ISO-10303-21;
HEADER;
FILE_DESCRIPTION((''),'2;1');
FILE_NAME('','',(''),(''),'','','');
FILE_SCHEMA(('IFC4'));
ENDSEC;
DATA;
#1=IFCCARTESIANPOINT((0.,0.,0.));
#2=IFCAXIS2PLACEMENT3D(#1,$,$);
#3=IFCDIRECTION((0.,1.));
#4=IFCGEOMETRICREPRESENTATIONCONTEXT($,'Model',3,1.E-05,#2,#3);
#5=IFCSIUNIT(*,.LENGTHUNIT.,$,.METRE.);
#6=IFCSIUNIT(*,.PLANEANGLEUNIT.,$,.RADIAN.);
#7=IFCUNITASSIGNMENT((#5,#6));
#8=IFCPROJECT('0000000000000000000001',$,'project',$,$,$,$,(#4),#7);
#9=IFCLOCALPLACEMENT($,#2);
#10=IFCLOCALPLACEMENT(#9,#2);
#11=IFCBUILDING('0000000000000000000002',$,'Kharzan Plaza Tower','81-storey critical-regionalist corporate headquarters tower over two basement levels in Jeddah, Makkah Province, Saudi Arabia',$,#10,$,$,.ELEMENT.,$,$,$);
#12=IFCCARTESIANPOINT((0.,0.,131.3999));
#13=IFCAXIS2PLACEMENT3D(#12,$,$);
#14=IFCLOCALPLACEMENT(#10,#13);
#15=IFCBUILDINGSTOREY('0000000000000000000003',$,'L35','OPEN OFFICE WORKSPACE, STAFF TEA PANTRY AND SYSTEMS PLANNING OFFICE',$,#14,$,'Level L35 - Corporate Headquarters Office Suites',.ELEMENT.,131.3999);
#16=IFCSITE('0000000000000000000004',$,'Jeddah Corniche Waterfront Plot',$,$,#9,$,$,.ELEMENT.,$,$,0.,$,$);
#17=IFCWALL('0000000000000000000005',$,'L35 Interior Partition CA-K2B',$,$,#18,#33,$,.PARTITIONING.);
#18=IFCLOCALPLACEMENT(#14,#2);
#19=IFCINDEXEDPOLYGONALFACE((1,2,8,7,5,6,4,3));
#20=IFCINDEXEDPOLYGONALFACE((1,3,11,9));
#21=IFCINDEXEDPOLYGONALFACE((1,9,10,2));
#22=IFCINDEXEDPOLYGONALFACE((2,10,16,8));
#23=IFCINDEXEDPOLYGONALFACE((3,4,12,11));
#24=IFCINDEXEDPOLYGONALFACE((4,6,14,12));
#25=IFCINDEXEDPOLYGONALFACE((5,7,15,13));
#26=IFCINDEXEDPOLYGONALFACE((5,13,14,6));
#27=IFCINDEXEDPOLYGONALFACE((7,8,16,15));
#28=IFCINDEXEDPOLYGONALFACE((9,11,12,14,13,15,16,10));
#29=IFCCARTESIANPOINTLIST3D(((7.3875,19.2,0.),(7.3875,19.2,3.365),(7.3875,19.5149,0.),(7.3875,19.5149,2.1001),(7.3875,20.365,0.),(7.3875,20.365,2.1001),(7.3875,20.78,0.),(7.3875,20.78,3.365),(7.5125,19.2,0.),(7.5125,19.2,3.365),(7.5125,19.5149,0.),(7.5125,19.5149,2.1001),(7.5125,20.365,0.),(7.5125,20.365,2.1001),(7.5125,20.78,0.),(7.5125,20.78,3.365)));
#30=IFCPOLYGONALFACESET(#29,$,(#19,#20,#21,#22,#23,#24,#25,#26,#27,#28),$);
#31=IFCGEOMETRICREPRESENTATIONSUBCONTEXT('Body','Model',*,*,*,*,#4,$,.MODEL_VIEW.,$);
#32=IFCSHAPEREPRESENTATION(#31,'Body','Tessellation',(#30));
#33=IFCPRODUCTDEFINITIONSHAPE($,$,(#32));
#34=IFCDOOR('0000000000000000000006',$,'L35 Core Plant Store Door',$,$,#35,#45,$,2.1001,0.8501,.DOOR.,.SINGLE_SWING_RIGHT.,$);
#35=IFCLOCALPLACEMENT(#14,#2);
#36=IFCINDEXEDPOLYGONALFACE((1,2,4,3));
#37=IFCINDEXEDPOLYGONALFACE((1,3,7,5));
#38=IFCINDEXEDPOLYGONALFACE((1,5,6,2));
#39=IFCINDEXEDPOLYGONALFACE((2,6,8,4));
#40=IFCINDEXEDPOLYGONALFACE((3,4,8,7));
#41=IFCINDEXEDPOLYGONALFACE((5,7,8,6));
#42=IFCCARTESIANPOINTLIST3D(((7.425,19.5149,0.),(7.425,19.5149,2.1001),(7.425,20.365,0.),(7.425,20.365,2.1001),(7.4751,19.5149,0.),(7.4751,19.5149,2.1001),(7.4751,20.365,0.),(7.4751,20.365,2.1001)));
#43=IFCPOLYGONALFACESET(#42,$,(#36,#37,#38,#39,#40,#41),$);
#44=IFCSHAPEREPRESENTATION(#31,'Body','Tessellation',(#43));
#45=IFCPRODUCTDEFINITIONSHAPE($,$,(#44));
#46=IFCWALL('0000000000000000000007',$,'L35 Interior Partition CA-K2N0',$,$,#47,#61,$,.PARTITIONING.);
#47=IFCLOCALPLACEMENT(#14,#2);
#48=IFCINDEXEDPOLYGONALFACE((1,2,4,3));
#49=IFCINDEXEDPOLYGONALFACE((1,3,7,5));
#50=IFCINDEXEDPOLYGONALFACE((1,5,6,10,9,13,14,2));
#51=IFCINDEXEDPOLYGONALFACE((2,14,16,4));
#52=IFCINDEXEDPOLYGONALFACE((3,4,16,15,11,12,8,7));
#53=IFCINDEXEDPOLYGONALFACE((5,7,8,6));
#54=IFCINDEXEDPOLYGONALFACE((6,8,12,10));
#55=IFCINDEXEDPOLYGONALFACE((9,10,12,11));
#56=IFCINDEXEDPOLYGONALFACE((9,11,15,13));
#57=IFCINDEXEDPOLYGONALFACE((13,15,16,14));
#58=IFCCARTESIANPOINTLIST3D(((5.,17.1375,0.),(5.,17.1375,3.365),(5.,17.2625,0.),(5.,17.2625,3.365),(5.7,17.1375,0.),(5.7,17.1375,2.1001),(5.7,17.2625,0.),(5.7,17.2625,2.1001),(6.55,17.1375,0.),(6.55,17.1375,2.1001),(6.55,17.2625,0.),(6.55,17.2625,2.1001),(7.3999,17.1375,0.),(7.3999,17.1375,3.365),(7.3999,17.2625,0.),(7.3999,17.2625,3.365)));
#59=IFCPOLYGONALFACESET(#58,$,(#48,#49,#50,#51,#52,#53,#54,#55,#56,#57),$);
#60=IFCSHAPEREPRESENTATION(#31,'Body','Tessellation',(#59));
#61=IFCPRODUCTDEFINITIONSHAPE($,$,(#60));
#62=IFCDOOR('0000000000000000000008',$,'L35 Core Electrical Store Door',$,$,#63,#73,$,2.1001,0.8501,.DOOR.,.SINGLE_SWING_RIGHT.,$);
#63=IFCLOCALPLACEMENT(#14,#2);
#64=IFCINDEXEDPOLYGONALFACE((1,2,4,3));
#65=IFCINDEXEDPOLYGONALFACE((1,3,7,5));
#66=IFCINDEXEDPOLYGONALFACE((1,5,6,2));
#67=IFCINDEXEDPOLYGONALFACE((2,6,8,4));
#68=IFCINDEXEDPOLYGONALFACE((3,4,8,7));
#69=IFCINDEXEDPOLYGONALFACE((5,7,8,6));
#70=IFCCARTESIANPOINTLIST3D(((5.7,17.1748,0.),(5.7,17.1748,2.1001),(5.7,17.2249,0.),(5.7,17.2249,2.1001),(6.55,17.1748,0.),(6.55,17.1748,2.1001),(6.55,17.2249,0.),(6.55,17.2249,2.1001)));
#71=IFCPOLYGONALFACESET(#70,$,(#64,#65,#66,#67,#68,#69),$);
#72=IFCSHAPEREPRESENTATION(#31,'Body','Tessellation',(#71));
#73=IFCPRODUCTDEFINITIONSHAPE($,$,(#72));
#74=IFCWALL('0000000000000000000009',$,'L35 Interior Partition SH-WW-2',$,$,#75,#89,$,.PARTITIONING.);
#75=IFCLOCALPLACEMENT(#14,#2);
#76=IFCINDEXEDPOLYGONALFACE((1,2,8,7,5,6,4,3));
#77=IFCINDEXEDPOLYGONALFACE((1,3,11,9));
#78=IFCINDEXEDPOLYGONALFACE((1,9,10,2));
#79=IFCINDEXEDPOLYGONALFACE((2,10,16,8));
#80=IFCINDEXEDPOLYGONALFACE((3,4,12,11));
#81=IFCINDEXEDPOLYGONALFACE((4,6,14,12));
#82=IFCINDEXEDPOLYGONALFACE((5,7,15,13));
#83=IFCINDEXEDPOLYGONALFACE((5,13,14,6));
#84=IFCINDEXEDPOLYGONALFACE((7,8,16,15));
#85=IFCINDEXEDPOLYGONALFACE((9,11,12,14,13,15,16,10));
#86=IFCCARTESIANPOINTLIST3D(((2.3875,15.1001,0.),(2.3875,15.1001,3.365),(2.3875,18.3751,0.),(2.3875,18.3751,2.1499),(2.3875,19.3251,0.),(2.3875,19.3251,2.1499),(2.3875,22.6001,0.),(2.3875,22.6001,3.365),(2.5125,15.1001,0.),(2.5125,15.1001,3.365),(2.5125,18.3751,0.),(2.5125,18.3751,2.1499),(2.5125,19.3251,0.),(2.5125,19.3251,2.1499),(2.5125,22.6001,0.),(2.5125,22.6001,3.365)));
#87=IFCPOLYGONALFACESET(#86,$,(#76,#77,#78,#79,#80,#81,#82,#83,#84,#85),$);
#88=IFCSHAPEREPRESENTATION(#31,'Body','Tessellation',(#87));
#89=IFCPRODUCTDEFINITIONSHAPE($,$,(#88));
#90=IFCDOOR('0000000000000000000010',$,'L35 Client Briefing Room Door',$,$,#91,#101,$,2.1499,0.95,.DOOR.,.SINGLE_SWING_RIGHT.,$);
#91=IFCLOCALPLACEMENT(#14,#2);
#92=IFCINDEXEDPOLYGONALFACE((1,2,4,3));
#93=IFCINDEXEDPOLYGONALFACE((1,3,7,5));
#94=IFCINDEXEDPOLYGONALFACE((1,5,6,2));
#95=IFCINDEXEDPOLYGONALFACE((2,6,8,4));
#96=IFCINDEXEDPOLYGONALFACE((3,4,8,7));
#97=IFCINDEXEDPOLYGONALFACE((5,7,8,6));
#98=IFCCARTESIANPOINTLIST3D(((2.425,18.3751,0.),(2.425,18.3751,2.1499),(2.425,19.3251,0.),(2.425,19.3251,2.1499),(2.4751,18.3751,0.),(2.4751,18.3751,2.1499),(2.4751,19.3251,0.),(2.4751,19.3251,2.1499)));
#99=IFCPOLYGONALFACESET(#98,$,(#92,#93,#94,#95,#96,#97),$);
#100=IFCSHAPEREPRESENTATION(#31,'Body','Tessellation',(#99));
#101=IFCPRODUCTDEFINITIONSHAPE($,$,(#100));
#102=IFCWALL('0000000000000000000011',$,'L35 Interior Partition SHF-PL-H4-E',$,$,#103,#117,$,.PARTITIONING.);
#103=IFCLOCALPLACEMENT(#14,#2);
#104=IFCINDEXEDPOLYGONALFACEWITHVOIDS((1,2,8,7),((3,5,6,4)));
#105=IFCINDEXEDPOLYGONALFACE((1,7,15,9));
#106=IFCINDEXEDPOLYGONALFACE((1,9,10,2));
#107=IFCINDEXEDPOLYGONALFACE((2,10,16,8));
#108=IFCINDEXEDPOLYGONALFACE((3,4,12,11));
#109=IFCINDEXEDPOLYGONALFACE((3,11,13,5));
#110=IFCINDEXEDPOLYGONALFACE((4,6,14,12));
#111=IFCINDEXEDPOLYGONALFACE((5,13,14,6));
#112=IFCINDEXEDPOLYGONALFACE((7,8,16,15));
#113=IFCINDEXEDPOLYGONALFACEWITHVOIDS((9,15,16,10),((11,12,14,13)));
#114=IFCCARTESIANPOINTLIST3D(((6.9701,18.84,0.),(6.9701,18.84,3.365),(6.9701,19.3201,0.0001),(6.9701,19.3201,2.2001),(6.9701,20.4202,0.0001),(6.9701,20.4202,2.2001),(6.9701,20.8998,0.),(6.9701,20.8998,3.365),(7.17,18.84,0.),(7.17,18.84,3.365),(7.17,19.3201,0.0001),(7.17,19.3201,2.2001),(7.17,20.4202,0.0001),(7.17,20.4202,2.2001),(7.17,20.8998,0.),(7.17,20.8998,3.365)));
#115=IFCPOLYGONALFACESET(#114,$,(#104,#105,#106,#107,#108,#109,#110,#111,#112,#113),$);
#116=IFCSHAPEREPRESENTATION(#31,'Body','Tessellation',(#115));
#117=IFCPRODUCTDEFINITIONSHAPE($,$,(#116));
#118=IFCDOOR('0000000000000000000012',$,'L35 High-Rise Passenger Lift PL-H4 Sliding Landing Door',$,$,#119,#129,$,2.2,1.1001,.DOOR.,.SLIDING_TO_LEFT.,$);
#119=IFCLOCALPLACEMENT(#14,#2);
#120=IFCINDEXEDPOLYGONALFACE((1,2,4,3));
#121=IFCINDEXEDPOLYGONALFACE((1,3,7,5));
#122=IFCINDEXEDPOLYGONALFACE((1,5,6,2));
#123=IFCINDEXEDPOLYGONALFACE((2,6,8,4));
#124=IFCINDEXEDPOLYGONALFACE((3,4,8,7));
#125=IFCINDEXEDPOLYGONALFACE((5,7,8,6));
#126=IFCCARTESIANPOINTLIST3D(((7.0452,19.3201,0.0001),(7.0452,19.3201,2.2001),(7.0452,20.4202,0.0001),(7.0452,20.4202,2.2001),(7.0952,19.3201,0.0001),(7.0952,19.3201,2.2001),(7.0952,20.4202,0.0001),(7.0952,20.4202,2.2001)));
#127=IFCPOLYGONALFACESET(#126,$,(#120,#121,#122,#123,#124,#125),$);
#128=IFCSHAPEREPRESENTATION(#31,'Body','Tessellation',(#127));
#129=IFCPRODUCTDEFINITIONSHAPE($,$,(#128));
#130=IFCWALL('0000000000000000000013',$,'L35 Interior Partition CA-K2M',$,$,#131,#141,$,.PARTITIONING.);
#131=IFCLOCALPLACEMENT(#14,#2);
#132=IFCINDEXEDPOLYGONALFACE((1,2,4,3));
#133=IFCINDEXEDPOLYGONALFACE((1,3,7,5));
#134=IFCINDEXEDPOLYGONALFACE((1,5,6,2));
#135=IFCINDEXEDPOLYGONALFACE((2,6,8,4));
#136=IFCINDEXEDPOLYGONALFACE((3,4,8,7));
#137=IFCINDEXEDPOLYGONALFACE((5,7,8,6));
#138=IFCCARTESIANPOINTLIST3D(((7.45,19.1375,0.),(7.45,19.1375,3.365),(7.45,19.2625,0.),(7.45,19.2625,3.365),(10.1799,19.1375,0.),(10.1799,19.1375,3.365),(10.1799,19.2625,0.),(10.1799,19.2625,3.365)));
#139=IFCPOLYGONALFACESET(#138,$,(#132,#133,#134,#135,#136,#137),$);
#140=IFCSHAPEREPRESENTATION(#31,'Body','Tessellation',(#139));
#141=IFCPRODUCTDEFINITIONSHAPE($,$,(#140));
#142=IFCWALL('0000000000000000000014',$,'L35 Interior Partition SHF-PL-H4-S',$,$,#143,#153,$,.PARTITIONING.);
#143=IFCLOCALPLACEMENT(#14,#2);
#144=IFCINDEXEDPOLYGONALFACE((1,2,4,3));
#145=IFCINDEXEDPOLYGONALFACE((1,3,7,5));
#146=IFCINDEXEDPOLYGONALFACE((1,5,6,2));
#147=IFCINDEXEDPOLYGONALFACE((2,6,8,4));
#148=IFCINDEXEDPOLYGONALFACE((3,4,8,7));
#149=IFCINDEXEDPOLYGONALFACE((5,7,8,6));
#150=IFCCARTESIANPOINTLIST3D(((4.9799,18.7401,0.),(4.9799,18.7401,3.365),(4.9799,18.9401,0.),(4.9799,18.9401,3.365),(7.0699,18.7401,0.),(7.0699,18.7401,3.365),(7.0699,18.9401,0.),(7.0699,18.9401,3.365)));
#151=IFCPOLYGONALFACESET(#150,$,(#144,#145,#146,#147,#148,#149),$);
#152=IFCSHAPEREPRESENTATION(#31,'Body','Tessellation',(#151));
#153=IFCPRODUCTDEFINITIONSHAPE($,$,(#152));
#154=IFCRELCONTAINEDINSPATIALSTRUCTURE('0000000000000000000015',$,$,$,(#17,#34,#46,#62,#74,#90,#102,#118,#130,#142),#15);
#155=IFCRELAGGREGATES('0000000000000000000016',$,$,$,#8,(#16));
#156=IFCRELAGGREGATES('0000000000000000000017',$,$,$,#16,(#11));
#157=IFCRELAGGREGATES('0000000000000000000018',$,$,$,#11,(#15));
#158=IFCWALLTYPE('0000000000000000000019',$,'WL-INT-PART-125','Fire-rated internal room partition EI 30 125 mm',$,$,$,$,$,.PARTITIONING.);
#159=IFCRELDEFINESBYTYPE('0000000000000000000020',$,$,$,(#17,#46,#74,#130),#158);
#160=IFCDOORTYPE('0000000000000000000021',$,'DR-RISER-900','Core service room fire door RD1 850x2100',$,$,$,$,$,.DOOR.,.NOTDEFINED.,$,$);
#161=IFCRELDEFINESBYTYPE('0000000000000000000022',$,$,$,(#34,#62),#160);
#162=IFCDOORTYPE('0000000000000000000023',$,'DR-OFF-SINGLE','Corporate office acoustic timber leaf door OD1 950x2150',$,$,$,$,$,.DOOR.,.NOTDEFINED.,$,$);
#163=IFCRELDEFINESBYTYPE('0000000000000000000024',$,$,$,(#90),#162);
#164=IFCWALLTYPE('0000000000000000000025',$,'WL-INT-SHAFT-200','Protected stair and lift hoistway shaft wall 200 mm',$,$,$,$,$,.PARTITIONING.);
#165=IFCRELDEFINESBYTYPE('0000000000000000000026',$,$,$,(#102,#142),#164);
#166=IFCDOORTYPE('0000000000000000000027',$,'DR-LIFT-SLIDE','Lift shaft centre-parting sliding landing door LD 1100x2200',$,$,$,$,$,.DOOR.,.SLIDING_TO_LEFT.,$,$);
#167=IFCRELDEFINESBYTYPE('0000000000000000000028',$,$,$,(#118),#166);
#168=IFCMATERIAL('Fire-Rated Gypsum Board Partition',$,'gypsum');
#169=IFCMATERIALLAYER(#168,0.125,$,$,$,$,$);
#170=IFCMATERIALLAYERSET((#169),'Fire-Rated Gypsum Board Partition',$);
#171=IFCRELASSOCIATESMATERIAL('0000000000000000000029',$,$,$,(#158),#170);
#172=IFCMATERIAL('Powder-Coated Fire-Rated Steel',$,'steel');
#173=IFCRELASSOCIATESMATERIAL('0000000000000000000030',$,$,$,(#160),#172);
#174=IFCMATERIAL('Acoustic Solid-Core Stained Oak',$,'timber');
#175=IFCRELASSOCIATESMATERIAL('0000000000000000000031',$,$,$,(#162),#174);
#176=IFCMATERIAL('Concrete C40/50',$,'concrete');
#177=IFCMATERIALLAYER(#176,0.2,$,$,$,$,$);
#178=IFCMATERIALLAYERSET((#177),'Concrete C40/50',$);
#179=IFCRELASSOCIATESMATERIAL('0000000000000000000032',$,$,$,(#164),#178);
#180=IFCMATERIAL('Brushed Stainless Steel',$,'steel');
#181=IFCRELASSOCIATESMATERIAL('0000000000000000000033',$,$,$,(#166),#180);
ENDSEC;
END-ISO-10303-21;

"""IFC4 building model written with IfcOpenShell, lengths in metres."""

from ifc_helpers import new_model, si_unit, direction, frame, frame_2d, origin, place, context, subcontext, project, spatial, rectangle, extrude, source, transform, mapped, material, layer, layer_set, type_object, element, fill, save


model = new_model("IFC4")

# Units and contexts
model_context = context("Model", 3, precision=1e-05, world=origin(), true_north=direction((0.0, 1.0)))
body_context = subcontext(model_context, "Body", "Model", "MODEL_VIEW")
ifc_project = project(units=[si_unit("LENGTHUNIT", "METRE"), si_unit("PLANEANGLEUNIT", "RADIAN")], contexts=[model_context])

# Site, building, storey
site_placement = place(None, origin())
site = spatial("IfcSite", under=ifc_project, at=site_placement, Name="Jeddah Corniche Waterfront Plot", CompositionType="ELEMENT", RefElevation=0.0)
building_placement = place(site_placement, origin())
building = spatial("IfcBuilding", under=site, at=building_placement, Name="Kharzan Plaza Tower", Description="81-storey critical-regionalist corporate headquarters tower over two basement levels in Jeddah, Makkah Province, Saudi Arabia", CompositionType="ELEMENT")
storey_placement = place(building_placement, frame((0.0, 0.0, 131.3999)))
storey = spatial("IfcBuildingStorey", under=building, at=storey_placement, Name="L35", Description="OPEN OFFICE WORKSPACE, STAFF TEA PANTRY AND SYSTEMS PLANNING OFFICE", LongName="Level L35 - Corporate Headquarters Office Suites", CompositionType="ELEMENT", Elevation=131.3999)

# Shared definitions
ifc_material_1 = material(Name="Concrete C40/50", Category="concrete")

# Walls, openings, doors
ifc_material_2 = material(Name="Fire-Rated Gypsum Board Partition", Category="gypsum")
ifc_layer_1 = layer(ifc_material_2, 0.125)
ifc_layer_set_1 = layer_set([ifc_layer_1], Name="Fire-Rated Gypsum Board Partition")
wall_type_1 = type_object("IfcWallType", Name="WL-INT-PART-125", Description="Fire-rated internal room partition EI 30 125 mm", PredefinedType="PARTITIONING", material=ifc_layer_set_1)
wall_1_placement = place(storey_placement, frame((7.45, 19.2, 0.0), z_axis=(0.0, 0.0, 1.0), x_axis=(0.0, 1.0, 0.0)))
wall_1 = element("IfcWall", 1, at=wall_1_placement, inside=storey, type_object=wall_type_1, Name="L35 Interior Partition CA-K2B", PredefinedType="PARTITIONING", context=body_context, shape_type="SweptSolid", body=[
    extrude(rectangle(XDim=1.5801, YDim=0.125, at=frame_2d((0.79, 0.0))), origin(), (0.0, 0.0, 1.0), 3.365),
])
opening_1_placement = place(wall_1_placement, frame((0.3149, 0.0, 0.0)))
opening_1 = element("IfcOpeningElement", 2, at=opening_1_placement, cuts=wall_1, PredefinedType="OPENING", context=body_context, shape_type="SweptSolid", body=[
    extrude(rectangle(XDim=0.8501, YDim=2.1001, at=frame_2d((0.425, 1.05))), frame((0.0, 0.0725, 0.0), z_axis=(0.0, -1.0, 0.0), x_axis=(1.0, 0.0, 0.0)), (0.0, 0.0, 1.0), 0.145),
])
ifc_material_3 = material(Name="Powder-Coated Fire-Rated Steel", Category="steel")
door_type_1 = type_object("IfcDoorType", Name="DR-RISER-900", Description="Core service room fire door RD1 850x2100", OperationType="NOTDEFINED", PredefinedType="DOOR", material=ifc_material_3)
shared_shape_1 = source(origin(), body_context, "Body", "SweptSolid", [
    extrude(rectangle(XDim=0.8501, YDim=2.1001, at=frame_2d((0.425, 1.05))), frame((0.0, 0.0249, 0.0), z_axis=(0.0, -1.0, 0.0), x_axis=(1.0, 0.0, 0.0)), (0.0, 0.0, 1.0), 0.05),
])
door_1_placement = place(opening_1_placement, origin())
door_1 = element("IfcDoor", 3, at=door_1_placement, inside=storey, type_object=door_type_1, Name="L35 Core Plant Store Door", OperationType="SINGLE_SWING_RIGHT", OverallHeight=2.1001, OverallWidth=0.8501, PredefinedType="DOOR", context=body_context, shape_type="MappedRepresentation", body=[
    mapped(shared_shape_1, transform((0.0, 0.0, 0.0), x_axis=(1.0, 0.0, 0.0), y_axis=(0.0, 1.0, 0.0), z_axis=(0.0, 0.0, 1.0))),
])
fill(opening_1, door_1)
wall_2_placement = place(storey_placement, frame((5.0, 17.2, 0.0), z_axis=(0.0, 0.0, 1.0), x_axis=(1.0, 0.0, 0.0)))
wall_2 = element("IfcWall", 4, at=wall_2_placement, inside=storey, type_object=wall_type_1, Name="L35 Interior Partition CA-K2N0", PredefinedType="PARTITIONING", context=body_context, shape_type="SweptSolid", body=[
    extrude(rectangle(XDim=2.3999, YDim=0.125, at=frame_2d((1.2, 0.0))), origin(), (0.0, 0.0, 1.0), 3.365),
])
opening_2_placement = place(wall_2_placement, frame((0.7, 0.0, 0.0)))
opening_2 = element("IfcOpeningElement", 5, at=opening_2_placement, cuts=wall_2, PredefinedType="OPENING", context=body_context, shape_type="SweptSolid", body=[
    extrude(rectangle(XDim=0.8501, YDim=2.1001, at=frame_2d((0.425, 1.05))), frame((0.0, 0.0725, 0.0), z_axis=(0.0, -1.0, 0.0), x_axis=(1.0, 0.0, 0.0)), (0.0, 0.0, 1.0), 0.145),
])
door_2_placement = place(opening_2_placement, origin())
door_2 = element("IfcDoor", 6, at=door_2_placement, inside=storey, type_object=door_type_1, Name="L35 Core Electrical Store Door", OperationType="SINGLE_SWING_RIGHT", OverallHeight=2.1001, OverallWidth=0.8501, PredefinedType="DOOR", context=body_context, shape_type="MappedRepresentation", body=[
    mapped(shared_shape_1, transform((0.0, 0.0, 0.0), x_axis=(1.0, 0.0, 0.0), y_axis=(0.0, 1.0, 0.0), z_axis=(0.0, 0.0, 1.0))),
])
fill(opening_2, door_2)
wall_3_placement = place(storey_placement, frame((2.45, 15.1001, 0.0), z_axis=(0.0, 0.0, 1.0), x_axis=(0.0, 1.0, 0.0)))
wall_3 = element("IfcWall", 7, at=wall_3_placement, inside=storey, type_object=wall_type_1, Name="L35 Interior Partition SH-WW-2", PredefinedType="PARTITIONING", context=body_context, shape_type="SweptSolid", body=[
    extrude(rectangle(XDim=7.5, YDim=0.125, at=frame_2d((3.75, 0.0))), origin(), (0.0, 0.0, 1.0), 3.365),
])
opening_3_placement = place(wall_3_placement, frame((3.2749, 0.0, 0.0)))
opening_3 = element("IfcOpeningElement", 8, at=opening_3_placement, cuts=wall_3, PredefinedType="OPENING", context=body_context, shape_type="SweptSolid", body=[
    extrude(rectangle(XDim=0.95, YDim=2.1499, at=frame_2d((0.4751, 1.075))), frame((0.0, 0.0725, 0.0), z_axis=(0.0, -1.0, 0.0), x_axis=(1.0, 0.0, 0.0)), (0.0, 0.0, 1.0), 0.145),
])
ifc_material_4 = material(Name="Acoustic Solid-Core Stained Oak", Category="timber")
door_type_2 = type_object("IfcDoorType", Name="DR-OFF-SINGLE", Description="Corporate office acoustic timber leaf door OD1 950x2150", OperationType="NOTDEFINED", PredefinedType="DOOR", material=ifc_material_4)
shared_shape_2 = source(origin(), body_context, "Body", "SweptSolid", [
    extrude(rectangle(XDim=0.95, YDim=2.1499, at=frame_2d((0.4751, 1.075))), frame((0.0, 0.0249, 0.0), z_axis=(0.0, -1.0, 0.0), x_axis=(1.0, 0.0, 0.0)), (0.0, 0.0, 1.0), 0.05),
])
door_3_placement = place(opening_3_placement, origin())
door_3 = element("IfcDoor", 9, at=door_3_placement, inside=storey, type_object=door_type_2, Name="L35 Client Briefing Room Door", OperationType="SINGLE_SWING_RIGHT", OverallHeight=2.1499, OverallWidth=0.95, PredefinedType="DOOR", context=body_context, shape_type="MappedRepresentation", body=[
    mapped(shared_shape_2, transform((0.0, 0.0, 0.0), x_axis=(1.0, 0.0, 0.0), y_axis=(0.0, 1.0, 0.0), z_axis=(0.0, 0.0, 1.0))),
])
fill(opening_3, door_3)
ifc_layer_2 = layer(ifc_material_1, 0.2)
ifc_layer_set_2 = layer_set([ifc_layer_2], Name="Concrete C40/50")
wall_type_2 = type_object("IfcWallType", Name="WL-INT-SHAFT-200", Description="Protected stair and lift hoistway shaft wall 200 mm", PredefinedType="PARTITIONING", material=ifc_layer_set_2)
wall_4_placement = place(storey_placement, frame((7.0701, 18.8401, 0.0), z_axis=(0.0, 0.0, 1.0), x_axis=(0.0, 1.0, 0.0)))
wall_4 = element("IfcWall", 10, at=wall_4_placement, inside=storey, type_object=wall_type_2, Name="L35 Interior Partition SHF-PL-H4-E", PredefinedType="PARTITIONING", context=body_context, shape_type="SweptSolid", body=[
    extrude(rectangle(XDim=2.0598, YDim=0.2, at=frame_2d((1.0298, 0.0))), origin(), (0.0, 0.0, 1.0), 3.365),
])
opening_4_placement = place(wall_4_placement, frame((0.48, 0.0, 0.0)))
opening_4 = element("IfcOpeningElement", 11, at=opening_4_placement, cuts=wall_4, PredefinedType="OPENING", context=body_context, shape_type="SweptSolid", body=[
    extrude(rectangle(XDim=1.1001, YDim=2.2, at=frame_2d((0.55, 1.1001))), frame((0.0, 0.1099, 0.0), z_axis=(0.0, -1.0, 0.0), x_axis=(1.0, 0.0, 0.0)), (0.0, 0.0, 1.0), 0.22),
])
ifc_material_5 = material(Name="Brushed Stainless Steel", Category="steel")
door_type_3 = type_object("IfcDoorType", Name="DR-LIFT-SLIDE", Description="Lift shaft centre-parting sliding landing door LD 1100x2200", OperationType="SLIDING_TO_LEFT", PredefinedType="DOOR", material=ifc_material_5)
shared_shape_3 = source(origin(), body_context, "Body", "SweptSolid", [
    extrude(rectangle(XDim=1.1001, YDim=2.2, at=frame_2d((0.55, 1.1001))), frame((0.0, 0.0249, 0.0), z_axis=(0.0, -1.0, 0.0), x_axis=(1.0, 0.0, 0.0)), (0.0, 0.0, 1.0), 0.05),
])
door_4_placement = place(opening_4_placement, origin())
door_4 = element("IfcDoor", 12, at=door_4_placement, inside=storey, type_object=door_type_3, Name="L35 High-Rise Passenger Lift PL-H4 Sliding Landing Door", OperationType="SLIDING_TO_LEFT", OverallHeight=2.2, OverallWidth=1.1001, PredefinedType="DOOR", context=body_context, shape_type="MappedRepresentation", body=[
    mapped(shared_shape_3, transform((0.0, 0.0, 0.0), x_axis=(1.0, 0.0, 0.0), y_axis=(0.0, 1.0, 0.0), z_axis=(0.0, 0.0, 1.0))),
])
fill(opening_4, door_4)

# Walls
shared_shape_4 = source(origin(), body_context, "Body", "SweptSolid", [
    extrude(rectangle(XDim=2.73, YDim=0.125, at=frame_2d((1.365, 0.0))), origin(), (0.0, 0.0, 1.0), 3.365),
])
wall_5_placement = place(storey_placement, frame((7.45, 19.2, 0.0), z_axis=(0.0, 0.0, 1.0), x_axis=(1.0, 0.0, 0.0)))
element("IfcWall", 13, at=wall_5_placement, inside=storey, type_object=wall_type_1, Name="L35 Interior Partition CA-K2M", PredefinedType="PARTITIONING", context=body_context, shape_type="MappedRepresentation", body=[
    mapped(shared_shape_4, transform((0.0, 0.0, 0.0), x_axis=(1.0, 0.0, 0.0), y_axis=(0.0, 1.0, 0.0), z_axis=(0.0, 0.0, 1.0))),
])
shared_shape_5 = source(origin(), body_context, "Body", "SweptSolid", [
    extrude(rectangle(XDim=2.0901, YDim=0.2, at=frame_2d((1.0449, 0.0))), origin(), (0.0, 0.0, 1.0), 3.365),
])
wall_6_placement = place(storey_placement, frame((4.98, 18.8401, 0.0), z_axis=(0.0, 0.0, 1.0), x_axis=(1.0, 0.0, 0.0)))
element("IfcWall", 14, at=wall_6_placement, inside=storey, type_object=wall_type_2, Name="L35 Interior Partition SHF-PL-H4-S", PredefinedType="PARTITIONING", context=body_context, shape_type="MappedRepresentation", body=[
    mapped(shared_shape_5, transform((0.0, 0.0, 0.0), x_axis=(1.0, 0.0, 0.0), y_axis=(0.0, 1.0, 0.0), z_axis=(0.0, 0.0, 1.0))),
])

save(model, "model.ifc")
